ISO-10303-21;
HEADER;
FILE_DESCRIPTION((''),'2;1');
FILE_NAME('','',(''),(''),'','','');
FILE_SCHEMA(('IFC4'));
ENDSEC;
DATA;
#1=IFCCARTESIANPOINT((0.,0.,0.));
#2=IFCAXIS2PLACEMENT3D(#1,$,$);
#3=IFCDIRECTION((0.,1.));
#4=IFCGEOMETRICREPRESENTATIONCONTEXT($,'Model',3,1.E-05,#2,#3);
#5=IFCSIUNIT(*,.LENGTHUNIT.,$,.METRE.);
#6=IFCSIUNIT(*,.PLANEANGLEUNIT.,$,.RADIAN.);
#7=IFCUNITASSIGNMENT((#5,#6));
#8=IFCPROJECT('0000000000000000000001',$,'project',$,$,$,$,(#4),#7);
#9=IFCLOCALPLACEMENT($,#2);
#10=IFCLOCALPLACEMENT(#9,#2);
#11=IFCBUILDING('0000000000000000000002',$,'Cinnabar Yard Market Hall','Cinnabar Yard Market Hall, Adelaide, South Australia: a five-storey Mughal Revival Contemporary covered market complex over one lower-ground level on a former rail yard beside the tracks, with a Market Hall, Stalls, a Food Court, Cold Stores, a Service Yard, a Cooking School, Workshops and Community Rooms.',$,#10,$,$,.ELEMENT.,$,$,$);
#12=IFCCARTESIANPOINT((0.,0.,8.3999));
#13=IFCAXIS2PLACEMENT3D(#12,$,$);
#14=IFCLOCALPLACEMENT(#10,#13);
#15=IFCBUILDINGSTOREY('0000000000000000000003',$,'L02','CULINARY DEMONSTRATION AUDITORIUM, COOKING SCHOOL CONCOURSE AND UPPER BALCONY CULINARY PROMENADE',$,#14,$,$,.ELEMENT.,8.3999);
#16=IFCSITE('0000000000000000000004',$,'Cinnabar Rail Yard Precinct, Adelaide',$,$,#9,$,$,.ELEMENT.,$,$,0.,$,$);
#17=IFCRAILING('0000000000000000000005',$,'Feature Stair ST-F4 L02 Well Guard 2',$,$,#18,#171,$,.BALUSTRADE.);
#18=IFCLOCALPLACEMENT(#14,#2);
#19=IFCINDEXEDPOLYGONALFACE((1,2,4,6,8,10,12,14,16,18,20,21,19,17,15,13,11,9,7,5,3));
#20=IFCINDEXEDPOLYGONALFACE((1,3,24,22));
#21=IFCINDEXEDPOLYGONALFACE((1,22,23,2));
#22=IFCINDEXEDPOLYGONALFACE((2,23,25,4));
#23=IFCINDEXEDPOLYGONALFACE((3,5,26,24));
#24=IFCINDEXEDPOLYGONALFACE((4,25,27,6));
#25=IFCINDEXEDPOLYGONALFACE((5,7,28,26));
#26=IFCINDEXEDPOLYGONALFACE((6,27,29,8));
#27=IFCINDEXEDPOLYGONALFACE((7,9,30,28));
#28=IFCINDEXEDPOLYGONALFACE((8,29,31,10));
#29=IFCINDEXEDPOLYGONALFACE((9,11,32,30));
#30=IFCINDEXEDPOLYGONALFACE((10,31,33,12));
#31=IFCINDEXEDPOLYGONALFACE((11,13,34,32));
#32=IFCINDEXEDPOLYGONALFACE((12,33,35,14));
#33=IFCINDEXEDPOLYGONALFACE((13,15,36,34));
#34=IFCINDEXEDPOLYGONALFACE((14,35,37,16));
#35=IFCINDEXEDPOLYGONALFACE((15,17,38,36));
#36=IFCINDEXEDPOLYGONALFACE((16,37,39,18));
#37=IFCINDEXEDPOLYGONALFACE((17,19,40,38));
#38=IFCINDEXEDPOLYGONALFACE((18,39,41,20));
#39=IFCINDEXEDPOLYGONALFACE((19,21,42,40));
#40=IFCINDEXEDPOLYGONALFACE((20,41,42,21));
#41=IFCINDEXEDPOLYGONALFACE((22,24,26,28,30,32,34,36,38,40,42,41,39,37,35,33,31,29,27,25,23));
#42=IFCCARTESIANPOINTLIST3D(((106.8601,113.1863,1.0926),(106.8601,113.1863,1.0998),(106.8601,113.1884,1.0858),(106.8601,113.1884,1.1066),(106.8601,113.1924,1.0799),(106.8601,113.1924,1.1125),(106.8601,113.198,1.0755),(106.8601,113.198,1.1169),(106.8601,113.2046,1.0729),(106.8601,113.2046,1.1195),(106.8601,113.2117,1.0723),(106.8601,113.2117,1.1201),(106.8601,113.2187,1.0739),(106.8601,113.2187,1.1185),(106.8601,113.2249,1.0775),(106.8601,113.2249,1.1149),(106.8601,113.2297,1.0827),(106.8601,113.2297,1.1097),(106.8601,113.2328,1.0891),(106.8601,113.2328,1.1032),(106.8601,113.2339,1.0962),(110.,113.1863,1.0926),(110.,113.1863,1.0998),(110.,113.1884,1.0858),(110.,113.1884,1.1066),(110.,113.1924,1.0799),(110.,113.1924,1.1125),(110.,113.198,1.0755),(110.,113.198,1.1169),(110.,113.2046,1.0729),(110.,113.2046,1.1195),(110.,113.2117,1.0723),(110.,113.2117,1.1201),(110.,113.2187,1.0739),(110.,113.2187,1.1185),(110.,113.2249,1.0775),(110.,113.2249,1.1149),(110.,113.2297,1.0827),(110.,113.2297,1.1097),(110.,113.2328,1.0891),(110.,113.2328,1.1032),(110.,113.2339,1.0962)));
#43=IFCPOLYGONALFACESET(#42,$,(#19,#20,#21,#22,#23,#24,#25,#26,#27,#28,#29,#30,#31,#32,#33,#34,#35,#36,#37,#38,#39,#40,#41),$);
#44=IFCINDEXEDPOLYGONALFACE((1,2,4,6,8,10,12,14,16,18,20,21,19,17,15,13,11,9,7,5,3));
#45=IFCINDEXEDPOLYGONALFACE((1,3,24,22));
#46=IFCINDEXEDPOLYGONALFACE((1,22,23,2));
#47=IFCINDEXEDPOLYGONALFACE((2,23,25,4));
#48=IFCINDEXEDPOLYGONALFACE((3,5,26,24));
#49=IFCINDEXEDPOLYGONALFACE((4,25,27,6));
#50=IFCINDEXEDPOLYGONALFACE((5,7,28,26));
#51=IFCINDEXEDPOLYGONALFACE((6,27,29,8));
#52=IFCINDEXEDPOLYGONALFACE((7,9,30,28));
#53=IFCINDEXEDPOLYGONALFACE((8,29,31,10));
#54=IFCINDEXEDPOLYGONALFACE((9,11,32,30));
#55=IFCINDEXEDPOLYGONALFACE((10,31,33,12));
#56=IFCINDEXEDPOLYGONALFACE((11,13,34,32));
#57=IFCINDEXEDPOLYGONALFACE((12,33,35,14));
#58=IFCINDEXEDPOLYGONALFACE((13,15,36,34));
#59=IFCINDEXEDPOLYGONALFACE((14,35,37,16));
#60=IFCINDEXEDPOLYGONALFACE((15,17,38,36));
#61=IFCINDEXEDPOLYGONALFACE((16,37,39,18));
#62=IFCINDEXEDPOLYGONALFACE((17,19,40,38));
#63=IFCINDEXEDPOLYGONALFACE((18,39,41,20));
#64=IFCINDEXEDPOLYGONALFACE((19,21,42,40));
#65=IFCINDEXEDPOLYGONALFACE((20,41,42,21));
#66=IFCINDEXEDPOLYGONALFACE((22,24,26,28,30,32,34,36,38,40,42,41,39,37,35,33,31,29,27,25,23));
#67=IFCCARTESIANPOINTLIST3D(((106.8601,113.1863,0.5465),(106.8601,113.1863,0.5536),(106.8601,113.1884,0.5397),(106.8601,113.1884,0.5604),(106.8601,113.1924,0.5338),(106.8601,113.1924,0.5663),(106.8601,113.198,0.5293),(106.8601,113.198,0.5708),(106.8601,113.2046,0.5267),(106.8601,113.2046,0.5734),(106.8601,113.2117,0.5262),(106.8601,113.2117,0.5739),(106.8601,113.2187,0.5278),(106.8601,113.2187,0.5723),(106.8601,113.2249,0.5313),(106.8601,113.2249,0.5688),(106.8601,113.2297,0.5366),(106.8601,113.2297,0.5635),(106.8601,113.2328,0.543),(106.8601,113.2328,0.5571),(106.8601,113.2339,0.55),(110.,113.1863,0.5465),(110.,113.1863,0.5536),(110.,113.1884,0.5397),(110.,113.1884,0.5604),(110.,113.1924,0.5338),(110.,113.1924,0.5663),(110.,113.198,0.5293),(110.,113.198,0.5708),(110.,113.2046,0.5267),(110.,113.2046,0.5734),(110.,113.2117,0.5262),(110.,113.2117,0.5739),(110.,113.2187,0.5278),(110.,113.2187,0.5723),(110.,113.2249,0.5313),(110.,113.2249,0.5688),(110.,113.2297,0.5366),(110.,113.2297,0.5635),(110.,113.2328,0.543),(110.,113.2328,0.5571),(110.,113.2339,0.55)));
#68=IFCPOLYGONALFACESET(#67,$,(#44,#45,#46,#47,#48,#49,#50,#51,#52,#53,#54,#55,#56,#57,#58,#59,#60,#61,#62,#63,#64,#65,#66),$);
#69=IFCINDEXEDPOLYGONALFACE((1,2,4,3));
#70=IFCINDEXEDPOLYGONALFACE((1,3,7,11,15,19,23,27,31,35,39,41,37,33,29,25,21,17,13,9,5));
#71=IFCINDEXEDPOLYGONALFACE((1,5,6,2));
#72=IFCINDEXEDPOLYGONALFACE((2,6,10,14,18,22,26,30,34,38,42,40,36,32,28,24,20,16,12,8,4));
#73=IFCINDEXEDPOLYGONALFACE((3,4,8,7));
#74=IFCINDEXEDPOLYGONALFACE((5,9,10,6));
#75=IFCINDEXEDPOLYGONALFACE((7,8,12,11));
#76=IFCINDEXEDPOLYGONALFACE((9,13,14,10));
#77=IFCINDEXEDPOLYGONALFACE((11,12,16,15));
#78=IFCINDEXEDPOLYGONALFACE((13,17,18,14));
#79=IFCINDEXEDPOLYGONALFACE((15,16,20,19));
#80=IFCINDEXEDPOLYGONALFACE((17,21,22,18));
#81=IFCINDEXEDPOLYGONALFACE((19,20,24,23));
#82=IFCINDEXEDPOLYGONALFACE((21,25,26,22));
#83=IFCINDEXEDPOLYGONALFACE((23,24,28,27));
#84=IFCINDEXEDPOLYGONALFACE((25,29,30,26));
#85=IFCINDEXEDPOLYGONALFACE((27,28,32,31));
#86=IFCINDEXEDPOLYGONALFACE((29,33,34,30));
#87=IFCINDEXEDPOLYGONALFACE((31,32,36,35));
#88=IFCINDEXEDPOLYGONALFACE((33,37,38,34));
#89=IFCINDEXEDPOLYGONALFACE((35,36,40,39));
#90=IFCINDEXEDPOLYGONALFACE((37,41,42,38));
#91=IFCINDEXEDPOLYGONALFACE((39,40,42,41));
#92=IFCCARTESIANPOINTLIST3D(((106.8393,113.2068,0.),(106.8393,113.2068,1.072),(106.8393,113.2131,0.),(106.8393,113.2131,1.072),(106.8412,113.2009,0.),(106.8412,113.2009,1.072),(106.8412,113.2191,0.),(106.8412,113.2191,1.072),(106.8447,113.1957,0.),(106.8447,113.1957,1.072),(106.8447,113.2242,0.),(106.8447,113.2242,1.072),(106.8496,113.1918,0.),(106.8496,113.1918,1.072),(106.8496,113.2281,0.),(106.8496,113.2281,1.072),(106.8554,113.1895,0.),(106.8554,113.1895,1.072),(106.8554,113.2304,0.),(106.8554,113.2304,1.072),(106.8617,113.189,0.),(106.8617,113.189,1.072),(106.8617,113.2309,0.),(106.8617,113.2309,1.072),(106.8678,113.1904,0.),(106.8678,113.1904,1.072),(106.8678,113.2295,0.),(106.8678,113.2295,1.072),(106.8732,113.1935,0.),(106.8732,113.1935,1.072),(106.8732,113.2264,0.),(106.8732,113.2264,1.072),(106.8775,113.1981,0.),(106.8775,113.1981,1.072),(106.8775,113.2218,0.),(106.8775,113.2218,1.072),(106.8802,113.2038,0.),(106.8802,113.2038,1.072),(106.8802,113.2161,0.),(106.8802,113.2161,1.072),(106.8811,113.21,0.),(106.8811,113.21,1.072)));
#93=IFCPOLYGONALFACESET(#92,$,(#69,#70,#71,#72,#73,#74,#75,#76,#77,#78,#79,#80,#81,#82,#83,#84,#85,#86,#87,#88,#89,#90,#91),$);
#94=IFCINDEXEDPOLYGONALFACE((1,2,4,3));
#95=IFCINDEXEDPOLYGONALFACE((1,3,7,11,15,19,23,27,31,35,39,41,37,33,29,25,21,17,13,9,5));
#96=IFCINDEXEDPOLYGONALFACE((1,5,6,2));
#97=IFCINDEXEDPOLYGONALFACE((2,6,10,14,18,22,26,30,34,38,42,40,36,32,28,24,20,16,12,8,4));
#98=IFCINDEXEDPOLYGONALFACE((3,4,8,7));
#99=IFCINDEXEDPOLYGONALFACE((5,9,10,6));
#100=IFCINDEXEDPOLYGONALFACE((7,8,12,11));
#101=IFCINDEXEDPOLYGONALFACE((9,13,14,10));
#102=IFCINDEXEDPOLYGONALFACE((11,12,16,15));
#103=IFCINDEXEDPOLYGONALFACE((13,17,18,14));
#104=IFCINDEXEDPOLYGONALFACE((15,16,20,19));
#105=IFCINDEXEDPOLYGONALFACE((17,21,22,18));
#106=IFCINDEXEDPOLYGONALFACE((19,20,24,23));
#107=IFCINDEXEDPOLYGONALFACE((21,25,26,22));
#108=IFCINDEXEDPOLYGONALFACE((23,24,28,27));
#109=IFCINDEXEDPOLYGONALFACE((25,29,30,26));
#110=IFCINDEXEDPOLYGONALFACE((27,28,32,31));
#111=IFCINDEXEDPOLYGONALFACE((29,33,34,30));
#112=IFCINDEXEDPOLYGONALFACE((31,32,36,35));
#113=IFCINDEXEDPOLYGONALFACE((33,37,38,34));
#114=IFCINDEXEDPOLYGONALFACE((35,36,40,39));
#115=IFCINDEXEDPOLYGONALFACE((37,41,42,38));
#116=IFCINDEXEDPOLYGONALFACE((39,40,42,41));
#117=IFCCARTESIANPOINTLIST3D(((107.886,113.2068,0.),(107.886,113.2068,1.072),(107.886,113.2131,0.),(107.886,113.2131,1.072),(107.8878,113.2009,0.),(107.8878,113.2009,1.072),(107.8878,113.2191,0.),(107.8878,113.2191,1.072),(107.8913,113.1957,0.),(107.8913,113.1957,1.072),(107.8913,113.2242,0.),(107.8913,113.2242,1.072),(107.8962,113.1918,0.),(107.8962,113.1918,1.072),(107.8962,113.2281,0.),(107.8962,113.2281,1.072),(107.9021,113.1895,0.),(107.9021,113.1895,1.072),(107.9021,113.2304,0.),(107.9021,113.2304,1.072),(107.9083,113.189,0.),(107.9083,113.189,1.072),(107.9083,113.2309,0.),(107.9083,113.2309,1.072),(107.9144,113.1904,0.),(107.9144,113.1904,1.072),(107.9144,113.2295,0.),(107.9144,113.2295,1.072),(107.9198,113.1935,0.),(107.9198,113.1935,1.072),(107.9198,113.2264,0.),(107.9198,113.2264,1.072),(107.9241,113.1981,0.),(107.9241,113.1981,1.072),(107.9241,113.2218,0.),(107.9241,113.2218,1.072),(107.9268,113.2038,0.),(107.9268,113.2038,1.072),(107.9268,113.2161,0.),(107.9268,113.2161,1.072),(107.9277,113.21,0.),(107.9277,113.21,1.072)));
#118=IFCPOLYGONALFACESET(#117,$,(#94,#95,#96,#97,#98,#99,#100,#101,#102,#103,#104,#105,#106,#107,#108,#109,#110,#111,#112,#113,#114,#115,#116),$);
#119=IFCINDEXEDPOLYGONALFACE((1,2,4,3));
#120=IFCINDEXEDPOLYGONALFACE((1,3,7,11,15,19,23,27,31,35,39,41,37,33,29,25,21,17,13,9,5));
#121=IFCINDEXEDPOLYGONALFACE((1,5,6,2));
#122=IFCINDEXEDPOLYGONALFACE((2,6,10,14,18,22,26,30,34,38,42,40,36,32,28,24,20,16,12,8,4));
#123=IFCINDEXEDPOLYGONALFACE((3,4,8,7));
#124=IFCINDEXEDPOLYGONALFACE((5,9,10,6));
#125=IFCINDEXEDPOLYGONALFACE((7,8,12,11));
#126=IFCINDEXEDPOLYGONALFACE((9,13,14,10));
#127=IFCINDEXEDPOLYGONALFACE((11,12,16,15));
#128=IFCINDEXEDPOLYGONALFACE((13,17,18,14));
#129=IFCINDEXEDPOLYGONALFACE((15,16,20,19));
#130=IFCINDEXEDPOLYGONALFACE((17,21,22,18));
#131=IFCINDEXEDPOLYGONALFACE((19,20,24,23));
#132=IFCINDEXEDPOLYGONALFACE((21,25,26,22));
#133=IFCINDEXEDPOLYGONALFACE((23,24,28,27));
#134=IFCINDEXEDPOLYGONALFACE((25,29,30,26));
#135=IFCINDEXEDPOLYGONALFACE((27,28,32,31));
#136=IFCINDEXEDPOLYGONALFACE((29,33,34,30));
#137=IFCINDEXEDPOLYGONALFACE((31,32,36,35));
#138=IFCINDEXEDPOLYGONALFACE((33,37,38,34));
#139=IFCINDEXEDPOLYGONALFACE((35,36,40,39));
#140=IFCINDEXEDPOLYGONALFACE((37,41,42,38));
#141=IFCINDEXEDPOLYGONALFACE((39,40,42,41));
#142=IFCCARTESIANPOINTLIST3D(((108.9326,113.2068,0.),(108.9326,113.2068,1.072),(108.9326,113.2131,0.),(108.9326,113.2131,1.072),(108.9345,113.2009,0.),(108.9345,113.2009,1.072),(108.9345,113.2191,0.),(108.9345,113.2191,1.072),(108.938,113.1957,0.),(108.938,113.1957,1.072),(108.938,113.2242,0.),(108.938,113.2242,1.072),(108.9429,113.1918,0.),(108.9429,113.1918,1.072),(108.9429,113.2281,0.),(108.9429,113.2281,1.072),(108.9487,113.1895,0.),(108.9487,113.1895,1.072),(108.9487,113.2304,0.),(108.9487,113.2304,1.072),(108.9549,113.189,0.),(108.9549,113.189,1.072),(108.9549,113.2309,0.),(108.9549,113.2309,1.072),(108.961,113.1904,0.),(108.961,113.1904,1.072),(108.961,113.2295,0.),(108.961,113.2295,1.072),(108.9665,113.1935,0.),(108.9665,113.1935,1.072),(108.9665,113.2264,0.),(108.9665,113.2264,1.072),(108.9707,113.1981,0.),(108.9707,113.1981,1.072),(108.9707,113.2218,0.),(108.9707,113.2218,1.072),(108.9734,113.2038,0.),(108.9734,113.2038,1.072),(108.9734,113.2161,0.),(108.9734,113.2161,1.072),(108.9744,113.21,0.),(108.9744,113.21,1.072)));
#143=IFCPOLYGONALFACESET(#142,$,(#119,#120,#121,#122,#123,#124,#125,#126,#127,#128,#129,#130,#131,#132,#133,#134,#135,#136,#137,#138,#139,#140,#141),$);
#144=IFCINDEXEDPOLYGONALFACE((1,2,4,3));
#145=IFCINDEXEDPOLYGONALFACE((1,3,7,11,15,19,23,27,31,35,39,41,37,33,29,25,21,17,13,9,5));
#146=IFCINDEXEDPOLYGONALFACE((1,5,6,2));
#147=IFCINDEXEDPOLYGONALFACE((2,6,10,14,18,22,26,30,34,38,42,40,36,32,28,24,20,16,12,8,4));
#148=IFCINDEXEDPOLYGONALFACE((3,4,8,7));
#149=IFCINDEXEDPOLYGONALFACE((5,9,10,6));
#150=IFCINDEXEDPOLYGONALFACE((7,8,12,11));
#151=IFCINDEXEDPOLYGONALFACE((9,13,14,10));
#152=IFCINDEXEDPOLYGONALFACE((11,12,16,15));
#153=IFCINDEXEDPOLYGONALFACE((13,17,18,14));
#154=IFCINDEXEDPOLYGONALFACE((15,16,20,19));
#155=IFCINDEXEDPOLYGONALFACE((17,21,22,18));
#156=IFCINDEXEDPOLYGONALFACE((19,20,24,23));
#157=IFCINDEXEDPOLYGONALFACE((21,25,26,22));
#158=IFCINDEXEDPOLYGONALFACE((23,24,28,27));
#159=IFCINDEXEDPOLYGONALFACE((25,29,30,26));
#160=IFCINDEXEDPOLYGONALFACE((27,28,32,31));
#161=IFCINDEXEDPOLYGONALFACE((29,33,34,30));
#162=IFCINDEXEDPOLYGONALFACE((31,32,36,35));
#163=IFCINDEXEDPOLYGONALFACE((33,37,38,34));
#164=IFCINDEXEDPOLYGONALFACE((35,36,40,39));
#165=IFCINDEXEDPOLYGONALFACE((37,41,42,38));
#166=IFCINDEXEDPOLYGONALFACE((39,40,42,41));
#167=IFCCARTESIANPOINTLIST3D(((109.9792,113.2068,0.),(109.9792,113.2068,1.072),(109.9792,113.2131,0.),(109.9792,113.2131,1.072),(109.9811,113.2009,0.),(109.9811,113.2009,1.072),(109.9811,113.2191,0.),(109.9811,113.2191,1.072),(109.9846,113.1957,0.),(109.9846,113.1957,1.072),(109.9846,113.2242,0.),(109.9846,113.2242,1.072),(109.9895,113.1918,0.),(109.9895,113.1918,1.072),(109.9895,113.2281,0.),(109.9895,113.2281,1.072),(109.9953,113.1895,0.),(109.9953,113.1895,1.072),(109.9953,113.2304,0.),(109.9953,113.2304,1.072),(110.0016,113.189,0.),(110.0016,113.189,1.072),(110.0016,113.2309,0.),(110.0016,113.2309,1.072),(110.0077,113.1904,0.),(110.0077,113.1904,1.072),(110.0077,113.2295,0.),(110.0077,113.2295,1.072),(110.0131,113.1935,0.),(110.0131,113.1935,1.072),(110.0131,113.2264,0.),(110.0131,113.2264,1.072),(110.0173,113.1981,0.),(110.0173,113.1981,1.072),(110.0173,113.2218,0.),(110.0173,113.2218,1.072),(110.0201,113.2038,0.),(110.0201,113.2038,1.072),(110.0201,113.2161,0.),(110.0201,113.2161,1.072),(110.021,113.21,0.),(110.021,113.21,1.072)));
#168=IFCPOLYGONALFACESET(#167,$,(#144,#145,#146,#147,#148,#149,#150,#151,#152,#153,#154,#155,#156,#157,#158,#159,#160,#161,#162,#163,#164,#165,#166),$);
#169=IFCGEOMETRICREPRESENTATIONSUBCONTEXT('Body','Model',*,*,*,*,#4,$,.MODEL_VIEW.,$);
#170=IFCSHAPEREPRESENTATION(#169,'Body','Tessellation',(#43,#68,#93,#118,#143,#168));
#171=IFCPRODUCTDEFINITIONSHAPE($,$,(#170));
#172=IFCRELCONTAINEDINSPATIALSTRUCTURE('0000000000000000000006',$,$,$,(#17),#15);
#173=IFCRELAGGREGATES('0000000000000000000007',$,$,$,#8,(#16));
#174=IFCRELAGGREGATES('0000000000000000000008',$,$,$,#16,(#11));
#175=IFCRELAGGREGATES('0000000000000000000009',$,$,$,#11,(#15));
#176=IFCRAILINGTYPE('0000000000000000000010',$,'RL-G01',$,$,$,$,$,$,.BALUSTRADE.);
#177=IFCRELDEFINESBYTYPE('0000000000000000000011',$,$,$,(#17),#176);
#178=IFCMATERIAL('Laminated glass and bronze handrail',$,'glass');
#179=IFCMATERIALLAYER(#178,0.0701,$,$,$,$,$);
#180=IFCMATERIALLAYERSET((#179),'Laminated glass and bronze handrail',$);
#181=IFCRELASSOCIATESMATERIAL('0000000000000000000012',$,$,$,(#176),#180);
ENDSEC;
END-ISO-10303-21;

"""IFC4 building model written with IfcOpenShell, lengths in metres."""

from ifc_helpers import new_model, si_unit, direction, frame, origin, origin_2d_with_axis, place, context, subcontext, project, spatial, circle, extrude, material, layer, layer_set, type_object, element, save


model = new_model("IFC4")

# Units and contexts
model_context = context("Model", 3, precision=1e-05, world=origin(), true_north=direction((0.0, 1.0)))
body_context = subcontext(model_context, "Body", "Model", "MODEL_VIEW")
ifc_project = project(units=[si_unit("LENGTHUNIT", "METRE"), si_unit("PLANEANGLEUNIT", "RADIAN")], contexts=[model_context])

# Site, building, storey
site_placement = place(None, origin())
site = spatial("IfcSite", under=ifc_project, at=site_placement, Name="Cinnabar Rail Yard Precinct, Adelaide", CompositionType="ELEMENT", RefElevation=0.0)
building_placement = place(site_placement, origin())
building = spatial("IfcBuilding", under=site, at=building_placement, Name="Cinnabar Yard Market Hall", Description="Cinnabar Yard Market Hall, Adelaide, South Australia: a five-storey Mughal Revival Contemporary covered market complex over one lower-ground level on a former rail yard beside the tracks, with a Market Hall, Stalls, a Food Court, Cold Stores, a Service Yard, a Cooking School, Workshops and Community Rooms.", CompositionType="ELEMENT")
storey_placement = place(building_placement, frame((0.0, 0.0, 8.3999)))
storey = spatial("IfcBuildingStorey", under=building, at=storey_placement, Name="L02", Description="CULINARY DEMONSTRATION AUDITORIUM, COOKING SCHOOL CONCOURSE AND UPPER BALCONY CULINARY PROMENADE", CompositionType="ELEMENT", Elevation=8.3999)

# Railing
ifc_material_1 = material(Name="Laminated glass and bronze handrail", Category="glass")
ifc_layer_1 = layer(ifc_material_1, 0.0701)
ifc_layer_set_1 = layer_set([ifc_layer_1], Name="Laminated glass and bronze handrail")
railing_type_1 = type_object("IfcRailingType", Name="RL-G01", PredefinedType="BALUSTRADE", material=ifc_layer_set_1)
railing_1_placement = place(storey_placement, frame((106.8601, 113.21, 0.0)))
element("IfcRailing", 1, at=railing_1_placement, inside=storey, type_object=railing_type_1, Name="Feature Stair ST-F4 L02 Well Guard 2", PredefinedType="BALUSTRADE", context=body_context, shape_type="SweptSolid", body=[
    extrude(circle(Radius=0.0239, at=origin_2d_with_axis()), frame((0.0, 0.0, 1.0962), z_axis=(1.0, 0.0, 0.0), x_axis=(0.0, 1.0, 0.0)), (0.0, 0.0, 1.0), 3.1399),
    extrude(circle(Radius=0.0239, at=origin_2d_with_axis()), frame((0.0, 0.0, 0.55), z_axis=(1.0, 0.0, 0.0), x_axis=(0.0, 1.0, 0.0)), (0.0, 0.0, 1.0), 3.1399),
    extrude(circle(Radius=0.021, at=origin_2d_with_axis()), origin(), (0.0, 0.0, 1.0), 1.072),
    extrude(circle(Radius=0.021, at=origin_2d_with_axis()), frame((1.0466, 0.0, 0.0)), (0.0, 0.0, 1.0), 1.072),
    extrude(circle(Radius=0.021, at=origin_2d_with_axis()), frame((2.0933, 0.0, 0.0)), (0.0, 0.0, 1.0), 1.072),
    extrude(circle(Radius=0.021, at=origin_2d_with_axis()), frame((3.1399, 0.0, 0.0)), (0.0, 0.0, 1.0), 1.072),
])

save(model, "model.ifc")
